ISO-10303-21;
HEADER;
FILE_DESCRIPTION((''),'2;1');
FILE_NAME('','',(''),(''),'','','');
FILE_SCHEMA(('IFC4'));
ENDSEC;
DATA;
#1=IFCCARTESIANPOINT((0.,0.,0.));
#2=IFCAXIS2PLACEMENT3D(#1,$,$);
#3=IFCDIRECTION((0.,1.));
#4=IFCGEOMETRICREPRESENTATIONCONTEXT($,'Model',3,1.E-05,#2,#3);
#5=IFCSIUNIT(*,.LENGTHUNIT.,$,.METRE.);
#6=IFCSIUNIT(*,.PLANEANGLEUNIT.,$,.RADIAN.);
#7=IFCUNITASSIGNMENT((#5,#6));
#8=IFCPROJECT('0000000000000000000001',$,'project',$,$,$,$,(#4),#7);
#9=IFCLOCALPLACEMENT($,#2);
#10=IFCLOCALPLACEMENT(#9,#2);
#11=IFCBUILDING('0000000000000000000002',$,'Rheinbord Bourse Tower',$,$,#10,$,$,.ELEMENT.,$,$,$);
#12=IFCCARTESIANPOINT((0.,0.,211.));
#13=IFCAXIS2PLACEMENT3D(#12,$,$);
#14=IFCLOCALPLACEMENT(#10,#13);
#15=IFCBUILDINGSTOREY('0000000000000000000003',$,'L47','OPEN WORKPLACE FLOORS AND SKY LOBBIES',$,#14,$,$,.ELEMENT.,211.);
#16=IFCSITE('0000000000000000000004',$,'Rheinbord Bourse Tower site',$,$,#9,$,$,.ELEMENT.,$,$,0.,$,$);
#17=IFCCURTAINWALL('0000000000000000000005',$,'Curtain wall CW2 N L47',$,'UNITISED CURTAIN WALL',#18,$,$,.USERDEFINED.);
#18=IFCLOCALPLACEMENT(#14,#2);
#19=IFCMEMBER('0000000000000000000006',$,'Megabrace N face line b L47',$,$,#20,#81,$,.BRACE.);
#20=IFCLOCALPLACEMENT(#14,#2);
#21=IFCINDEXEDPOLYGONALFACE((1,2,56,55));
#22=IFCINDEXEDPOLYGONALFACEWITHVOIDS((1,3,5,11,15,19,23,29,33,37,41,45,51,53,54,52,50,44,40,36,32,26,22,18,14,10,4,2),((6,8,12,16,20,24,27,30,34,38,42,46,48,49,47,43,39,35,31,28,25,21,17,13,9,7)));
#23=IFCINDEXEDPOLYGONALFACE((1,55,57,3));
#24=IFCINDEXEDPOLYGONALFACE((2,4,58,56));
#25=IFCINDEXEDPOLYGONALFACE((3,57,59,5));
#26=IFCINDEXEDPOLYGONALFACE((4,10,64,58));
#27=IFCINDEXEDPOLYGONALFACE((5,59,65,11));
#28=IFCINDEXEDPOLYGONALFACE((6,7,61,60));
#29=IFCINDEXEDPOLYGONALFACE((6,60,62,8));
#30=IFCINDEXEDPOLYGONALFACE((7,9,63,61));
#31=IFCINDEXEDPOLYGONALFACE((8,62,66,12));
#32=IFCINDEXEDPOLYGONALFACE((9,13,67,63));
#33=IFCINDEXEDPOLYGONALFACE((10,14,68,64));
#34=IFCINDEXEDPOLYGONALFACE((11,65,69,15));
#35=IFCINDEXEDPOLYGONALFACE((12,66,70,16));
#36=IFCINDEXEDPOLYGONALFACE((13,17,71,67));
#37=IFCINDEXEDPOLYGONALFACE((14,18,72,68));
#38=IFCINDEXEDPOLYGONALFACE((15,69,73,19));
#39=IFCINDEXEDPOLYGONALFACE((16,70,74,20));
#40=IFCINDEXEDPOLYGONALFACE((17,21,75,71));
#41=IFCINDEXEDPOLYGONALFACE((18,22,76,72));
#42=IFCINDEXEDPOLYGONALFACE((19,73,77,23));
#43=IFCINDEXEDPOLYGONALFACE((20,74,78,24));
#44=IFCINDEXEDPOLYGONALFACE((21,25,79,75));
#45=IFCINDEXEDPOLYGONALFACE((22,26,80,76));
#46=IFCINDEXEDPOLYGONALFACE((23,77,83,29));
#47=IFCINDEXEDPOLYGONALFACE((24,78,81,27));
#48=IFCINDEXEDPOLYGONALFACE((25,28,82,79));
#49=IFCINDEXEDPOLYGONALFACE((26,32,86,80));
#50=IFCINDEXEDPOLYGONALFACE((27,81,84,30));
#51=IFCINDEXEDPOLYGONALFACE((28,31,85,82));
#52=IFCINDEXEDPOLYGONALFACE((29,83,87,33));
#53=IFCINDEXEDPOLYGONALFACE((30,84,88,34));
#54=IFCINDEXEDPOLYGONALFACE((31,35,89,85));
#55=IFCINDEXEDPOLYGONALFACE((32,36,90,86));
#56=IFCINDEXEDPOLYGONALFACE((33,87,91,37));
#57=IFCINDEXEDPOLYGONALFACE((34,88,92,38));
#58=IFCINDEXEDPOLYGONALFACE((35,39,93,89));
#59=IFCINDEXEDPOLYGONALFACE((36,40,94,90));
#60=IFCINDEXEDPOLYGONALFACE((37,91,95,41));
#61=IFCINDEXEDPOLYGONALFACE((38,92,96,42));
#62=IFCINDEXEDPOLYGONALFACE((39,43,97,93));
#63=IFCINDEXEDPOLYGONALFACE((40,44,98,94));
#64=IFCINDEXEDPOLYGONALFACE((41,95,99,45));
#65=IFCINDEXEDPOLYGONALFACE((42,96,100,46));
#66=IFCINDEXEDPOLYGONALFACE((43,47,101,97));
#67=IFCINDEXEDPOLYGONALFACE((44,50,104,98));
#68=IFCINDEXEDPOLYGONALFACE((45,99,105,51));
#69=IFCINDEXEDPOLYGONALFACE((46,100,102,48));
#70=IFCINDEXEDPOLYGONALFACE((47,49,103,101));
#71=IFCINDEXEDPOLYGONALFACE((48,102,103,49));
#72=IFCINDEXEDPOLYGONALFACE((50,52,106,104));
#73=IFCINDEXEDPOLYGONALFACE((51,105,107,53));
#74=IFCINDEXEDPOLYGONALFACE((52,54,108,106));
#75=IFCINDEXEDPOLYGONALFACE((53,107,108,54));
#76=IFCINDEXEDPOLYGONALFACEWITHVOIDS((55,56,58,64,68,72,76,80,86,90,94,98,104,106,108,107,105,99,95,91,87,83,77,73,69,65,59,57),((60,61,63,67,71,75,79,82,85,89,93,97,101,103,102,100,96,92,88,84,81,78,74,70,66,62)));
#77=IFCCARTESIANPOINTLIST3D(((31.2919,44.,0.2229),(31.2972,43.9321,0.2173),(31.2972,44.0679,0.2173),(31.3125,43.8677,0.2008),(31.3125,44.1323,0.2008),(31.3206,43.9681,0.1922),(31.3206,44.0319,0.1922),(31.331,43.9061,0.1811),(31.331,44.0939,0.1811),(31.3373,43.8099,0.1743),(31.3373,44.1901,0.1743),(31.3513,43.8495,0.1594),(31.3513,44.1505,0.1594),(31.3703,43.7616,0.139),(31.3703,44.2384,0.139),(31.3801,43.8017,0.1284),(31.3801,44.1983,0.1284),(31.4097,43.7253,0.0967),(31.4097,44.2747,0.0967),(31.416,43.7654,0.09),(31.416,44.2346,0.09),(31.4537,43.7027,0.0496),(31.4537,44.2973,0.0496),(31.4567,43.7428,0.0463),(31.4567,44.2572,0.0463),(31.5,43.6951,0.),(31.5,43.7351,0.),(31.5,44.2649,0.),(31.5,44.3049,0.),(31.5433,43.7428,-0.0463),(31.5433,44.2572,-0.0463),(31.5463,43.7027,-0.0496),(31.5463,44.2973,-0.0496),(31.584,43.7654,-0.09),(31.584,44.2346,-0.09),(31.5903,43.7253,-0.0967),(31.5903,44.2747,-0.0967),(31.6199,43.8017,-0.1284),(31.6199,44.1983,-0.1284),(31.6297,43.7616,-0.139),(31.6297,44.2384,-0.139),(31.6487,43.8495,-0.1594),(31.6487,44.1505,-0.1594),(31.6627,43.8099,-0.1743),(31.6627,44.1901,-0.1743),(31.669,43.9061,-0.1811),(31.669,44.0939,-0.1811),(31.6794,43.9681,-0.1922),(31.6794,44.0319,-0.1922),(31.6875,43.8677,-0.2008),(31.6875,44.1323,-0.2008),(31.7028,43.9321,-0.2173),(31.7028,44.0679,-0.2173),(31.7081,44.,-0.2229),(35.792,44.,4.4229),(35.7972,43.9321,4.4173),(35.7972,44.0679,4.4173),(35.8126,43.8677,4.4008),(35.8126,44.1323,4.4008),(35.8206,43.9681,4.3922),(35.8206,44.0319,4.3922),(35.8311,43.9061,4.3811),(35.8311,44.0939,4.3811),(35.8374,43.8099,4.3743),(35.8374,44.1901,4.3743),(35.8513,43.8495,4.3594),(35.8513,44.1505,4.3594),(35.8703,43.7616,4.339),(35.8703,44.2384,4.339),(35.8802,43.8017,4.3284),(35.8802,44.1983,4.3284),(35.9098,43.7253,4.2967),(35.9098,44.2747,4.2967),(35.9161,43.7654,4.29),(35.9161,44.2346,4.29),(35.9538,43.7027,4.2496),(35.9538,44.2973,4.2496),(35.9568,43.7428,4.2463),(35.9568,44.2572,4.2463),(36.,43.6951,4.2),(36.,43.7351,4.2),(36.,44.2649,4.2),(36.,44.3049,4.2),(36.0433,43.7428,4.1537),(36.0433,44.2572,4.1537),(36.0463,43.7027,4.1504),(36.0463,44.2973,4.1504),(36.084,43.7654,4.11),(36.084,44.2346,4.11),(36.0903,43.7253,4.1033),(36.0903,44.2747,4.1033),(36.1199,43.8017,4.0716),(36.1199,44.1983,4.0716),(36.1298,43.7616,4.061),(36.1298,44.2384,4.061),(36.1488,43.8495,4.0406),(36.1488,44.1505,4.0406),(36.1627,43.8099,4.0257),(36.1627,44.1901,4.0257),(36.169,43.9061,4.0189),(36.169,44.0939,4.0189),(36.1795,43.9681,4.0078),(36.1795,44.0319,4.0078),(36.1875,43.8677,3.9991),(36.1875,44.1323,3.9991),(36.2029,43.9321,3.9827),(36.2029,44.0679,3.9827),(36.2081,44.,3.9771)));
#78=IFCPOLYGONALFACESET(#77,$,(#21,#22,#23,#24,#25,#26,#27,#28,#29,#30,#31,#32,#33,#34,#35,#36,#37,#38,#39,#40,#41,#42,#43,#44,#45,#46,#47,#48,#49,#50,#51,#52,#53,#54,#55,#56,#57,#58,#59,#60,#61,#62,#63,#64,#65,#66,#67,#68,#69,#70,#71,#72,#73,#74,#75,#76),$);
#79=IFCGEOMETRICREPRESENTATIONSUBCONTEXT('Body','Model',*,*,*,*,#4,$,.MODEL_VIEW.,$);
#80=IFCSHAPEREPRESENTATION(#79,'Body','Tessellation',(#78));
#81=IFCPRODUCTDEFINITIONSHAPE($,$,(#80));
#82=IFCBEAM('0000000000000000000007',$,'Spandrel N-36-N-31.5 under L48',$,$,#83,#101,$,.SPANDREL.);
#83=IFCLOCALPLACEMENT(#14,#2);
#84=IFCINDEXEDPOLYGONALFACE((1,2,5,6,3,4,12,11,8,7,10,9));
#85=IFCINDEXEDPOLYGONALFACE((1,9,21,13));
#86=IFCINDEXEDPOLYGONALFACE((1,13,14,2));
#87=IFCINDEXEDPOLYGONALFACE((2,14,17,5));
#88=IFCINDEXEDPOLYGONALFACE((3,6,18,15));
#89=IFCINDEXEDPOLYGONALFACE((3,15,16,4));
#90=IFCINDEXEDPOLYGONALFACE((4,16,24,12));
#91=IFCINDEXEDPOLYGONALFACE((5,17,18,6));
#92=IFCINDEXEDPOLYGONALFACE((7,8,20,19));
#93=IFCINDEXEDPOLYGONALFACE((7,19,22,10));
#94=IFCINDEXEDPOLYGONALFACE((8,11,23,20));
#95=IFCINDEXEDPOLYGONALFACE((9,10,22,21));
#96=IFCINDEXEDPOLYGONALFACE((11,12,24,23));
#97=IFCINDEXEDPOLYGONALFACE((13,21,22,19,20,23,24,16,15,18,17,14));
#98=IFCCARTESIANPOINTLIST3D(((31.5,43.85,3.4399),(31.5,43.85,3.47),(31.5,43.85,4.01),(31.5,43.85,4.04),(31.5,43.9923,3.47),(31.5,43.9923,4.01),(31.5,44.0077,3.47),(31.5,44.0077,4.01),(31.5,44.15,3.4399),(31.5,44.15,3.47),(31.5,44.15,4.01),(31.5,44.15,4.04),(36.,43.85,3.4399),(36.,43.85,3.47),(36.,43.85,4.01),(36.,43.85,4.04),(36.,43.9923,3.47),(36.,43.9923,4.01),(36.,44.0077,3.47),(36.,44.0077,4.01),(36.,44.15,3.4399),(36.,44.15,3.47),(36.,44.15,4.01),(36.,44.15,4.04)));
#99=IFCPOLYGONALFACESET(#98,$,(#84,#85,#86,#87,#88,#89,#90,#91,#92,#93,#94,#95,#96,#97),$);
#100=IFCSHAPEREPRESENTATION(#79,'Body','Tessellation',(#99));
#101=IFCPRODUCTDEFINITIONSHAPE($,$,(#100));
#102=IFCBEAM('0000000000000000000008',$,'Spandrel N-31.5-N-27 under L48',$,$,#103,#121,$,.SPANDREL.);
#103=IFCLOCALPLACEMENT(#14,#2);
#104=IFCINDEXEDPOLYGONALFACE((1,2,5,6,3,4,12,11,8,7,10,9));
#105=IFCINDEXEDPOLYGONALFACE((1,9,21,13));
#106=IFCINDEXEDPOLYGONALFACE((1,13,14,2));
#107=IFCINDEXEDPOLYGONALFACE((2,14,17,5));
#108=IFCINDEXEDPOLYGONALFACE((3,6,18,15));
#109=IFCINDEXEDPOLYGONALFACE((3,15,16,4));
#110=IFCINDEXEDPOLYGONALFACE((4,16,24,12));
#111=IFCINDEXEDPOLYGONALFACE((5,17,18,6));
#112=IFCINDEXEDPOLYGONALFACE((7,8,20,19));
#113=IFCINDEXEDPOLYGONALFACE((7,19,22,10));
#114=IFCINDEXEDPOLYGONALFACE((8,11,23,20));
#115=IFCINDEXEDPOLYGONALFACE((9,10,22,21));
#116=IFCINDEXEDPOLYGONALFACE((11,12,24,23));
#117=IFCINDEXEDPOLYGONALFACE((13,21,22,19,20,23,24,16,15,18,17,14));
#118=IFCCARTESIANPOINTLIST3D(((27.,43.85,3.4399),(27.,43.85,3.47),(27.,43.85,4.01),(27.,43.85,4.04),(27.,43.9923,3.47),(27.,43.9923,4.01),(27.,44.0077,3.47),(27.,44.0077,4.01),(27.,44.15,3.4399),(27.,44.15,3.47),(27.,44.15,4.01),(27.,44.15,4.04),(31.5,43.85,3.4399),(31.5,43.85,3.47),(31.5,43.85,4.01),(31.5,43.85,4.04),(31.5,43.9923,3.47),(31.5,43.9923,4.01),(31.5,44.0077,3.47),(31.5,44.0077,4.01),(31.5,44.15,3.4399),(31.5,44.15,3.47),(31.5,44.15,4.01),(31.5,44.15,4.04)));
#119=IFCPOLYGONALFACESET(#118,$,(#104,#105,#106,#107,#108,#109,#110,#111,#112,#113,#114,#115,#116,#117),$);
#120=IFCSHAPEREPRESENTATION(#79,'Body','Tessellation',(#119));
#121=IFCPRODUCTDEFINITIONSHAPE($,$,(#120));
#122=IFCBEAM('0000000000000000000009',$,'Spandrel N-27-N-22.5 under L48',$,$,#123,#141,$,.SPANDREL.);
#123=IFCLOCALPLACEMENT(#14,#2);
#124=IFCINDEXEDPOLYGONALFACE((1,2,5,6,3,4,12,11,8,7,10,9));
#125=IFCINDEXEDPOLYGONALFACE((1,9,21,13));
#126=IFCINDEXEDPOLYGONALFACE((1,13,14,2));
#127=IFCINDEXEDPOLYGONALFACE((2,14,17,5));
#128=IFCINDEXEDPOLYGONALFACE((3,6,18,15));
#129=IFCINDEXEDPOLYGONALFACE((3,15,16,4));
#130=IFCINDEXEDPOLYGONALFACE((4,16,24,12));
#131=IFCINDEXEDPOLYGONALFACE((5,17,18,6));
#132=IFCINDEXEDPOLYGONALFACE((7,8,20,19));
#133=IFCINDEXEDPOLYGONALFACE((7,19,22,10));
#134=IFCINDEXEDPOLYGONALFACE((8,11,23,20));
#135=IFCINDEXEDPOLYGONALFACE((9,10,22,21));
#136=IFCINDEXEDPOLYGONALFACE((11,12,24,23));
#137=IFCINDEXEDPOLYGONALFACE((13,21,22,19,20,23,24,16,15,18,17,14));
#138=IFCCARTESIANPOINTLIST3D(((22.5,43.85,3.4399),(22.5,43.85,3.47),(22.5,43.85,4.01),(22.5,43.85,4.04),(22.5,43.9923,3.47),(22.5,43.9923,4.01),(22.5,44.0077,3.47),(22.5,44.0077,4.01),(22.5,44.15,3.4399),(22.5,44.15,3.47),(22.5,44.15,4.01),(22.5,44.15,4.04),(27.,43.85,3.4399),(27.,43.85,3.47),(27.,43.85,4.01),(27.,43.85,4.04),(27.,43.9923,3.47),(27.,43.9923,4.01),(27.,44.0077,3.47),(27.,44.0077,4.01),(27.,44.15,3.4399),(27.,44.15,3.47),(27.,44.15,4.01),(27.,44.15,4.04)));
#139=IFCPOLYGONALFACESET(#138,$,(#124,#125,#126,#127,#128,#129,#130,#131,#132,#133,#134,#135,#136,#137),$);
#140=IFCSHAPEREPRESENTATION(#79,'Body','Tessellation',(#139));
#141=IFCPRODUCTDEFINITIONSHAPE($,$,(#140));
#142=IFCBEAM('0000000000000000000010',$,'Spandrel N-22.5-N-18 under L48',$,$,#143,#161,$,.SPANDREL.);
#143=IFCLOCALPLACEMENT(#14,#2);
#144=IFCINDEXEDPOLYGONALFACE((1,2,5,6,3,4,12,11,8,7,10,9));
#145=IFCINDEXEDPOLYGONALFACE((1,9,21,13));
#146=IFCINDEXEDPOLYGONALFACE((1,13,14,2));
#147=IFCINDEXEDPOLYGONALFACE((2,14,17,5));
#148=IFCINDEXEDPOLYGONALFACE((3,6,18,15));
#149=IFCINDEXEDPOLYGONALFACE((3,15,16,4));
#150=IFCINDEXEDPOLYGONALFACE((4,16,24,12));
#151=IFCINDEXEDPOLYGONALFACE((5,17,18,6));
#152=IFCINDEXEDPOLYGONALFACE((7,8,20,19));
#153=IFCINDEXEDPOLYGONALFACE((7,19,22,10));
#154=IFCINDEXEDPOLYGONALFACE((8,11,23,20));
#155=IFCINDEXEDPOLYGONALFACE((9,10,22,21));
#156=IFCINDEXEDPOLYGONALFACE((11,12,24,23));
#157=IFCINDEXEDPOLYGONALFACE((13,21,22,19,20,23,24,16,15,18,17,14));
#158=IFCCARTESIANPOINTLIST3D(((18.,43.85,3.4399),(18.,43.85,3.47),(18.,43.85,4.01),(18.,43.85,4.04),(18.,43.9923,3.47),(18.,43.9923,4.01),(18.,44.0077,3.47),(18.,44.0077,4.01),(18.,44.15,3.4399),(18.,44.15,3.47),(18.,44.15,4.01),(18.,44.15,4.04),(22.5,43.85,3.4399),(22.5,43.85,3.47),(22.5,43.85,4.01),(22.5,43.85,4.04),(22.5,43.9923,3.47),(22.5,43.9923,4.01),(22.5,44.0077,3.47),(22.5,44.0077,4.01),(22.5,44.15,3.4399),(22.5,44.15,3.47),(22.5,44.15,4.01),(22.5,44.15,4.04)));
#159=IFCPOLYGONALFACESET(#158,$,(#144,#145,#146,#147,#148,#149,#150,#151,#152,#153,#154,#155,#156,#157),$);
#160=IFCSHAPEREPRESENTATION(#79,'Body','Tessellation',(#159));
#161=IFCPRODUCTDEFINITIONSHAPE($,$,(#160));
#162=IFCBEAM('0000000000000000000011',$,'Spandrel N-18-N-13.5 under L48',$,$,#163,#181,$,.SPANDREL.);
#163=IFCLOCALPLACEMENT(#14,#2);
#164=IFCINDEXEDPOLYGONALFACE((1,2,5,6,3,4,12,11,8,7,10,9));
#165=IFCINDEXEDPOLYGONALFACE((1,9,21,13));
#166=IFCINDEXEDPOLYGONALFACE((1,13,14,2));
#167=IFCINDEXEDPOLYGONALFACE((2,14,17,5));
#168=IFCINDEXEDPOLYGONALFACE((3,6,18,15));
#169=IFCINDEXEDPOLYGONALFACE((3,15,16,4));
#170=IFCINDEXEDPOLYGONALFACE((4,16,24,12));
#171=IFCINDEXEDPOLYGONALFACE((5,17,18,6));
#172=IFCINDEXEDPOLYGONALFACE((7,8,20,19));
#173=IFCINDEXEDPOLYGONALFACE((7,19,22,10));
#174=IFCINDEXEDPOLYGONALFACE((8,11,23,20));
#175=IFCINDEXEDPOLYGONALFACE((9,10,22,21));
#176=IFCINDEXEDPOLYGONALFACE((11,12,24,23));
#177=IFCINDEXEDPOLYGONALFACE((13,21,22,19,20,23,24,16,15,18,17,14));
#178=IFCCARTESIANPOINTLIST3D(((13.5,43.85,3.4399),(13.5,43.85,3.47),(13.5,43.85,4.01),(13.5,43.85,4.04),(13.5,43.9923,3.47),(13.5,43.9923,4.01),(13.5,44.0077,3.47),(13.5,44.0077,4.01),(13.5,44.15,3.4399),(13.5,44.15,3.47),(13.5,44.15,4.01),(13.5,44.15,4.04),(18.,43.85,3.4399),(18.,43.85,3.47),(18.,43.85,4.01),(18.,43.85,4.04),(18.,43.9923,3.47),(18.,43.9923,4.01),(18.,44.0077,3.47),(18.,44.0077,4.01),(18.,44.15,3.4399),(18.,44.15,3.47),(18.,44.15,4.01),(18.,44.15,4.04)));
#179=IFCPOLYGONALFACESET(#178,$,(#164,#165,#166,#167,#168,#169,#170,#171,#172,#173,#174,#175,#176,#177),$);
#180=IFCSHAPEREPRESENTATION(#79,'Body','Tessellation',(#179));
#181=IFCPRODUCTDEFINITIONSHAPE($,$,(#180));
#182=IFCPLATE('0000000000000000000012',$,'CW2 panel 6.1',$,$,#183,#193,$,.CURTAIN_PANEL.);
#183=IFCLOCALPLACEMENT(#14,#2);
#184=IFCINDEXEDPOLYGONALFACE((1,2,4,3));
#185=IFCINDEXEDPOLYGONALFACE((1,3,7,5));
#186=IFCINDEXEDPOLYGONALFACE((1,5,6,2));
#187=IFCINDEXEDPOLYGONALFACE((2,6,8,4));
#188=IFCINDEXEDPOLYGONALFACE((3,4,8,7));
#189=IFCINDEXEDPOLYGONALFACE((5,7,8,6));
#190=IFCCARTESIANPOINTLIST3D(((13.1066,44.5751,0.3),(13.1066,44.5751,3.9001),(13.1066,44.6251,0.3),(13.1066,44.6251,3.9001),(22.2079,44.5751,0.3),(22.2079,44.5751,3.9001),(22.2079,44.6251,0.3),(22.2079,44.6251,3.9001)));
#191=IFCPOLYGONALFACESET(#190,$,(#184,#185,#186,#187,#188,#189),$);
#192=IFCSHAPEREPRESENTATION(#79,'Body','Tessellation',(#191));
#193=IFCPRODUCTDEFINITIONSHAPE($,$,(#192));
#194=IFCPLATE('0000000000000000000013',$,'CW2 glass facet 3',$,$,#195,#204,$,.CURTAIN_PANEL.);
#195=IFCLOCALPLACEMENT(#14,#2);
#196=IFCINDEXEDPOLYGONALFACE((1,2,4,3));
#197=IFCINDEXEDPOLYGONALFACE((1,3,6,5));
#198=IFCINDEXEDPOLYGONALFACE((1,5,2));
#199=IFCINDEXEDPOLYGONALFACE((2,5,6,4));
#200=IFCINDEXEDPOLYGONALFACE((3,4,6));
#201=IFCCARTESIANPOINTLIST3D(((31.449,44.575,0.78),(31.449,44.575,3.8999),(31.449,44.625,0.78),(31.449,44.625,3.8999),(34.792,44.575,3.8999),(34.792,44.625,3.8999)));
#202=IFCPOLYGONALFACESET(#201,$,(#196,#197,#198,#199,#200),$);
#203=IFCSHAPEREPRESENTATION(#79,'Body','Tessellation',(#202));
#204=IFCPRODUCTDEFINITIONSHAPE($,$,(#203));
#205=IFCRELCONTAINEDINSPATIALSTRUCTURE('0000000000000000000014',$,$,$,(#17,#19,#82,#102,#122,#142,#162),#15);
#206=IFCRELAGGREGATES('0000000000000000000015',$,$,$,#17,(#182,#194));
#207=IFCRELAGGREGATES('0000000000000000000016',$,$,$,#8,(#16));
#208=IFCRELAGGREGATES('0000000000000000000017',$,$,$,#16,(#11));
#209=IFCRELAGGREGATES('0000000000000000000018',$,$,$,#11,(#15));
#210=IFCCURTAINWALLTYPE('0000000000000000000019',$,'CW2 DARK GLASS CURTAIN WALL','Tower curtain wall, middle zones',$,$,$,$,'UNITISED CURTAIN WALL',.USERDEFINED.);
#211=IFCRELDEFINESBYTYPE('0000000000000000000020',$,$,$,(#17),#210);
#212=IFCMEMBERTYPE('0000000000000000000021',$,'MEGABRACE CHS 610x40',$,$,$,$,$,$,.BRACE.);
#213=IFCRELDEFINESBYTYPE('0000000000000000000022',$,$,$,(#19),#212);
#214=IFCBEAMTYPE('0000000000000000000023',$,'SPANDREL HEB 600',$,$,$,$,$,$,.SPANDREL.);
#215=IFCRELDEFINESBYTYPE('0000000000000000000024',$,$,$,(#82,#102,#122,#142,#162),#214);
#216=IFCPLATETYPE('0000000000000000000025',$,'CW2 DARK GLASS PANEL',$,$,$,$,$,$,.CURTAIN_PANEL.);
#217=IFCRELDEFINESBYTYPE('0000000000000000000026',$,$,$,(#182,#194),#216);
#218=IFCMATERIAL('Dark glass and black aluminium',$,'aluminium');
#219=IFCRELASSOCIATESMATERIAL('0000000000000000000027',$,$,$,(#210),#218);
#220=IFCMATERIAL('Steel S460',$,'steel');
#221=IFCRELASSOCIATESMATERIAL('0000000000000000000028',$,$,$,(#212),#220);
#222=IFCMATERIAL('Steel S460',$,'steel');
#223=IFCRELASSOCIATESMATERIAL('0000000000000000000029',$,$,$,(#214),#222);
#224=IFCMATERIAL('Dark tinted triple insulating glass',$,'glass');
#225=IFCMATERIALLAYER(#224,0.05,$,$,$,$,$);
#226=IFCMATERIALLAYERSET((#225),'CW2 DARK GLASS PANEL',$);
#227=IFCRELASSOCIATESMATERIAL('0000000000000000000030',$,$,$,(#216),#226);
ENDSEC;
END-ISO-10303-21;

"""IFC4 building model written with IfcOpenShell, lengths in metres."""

from ifc_helpers import new_model, si_unit, direction, frame, origin, origin_2d, place, context, subcontext, project, spatial, polyline, rectangle, hollow_circle, i_section, outline, extrude, material, layer, layer_set, material_profile, profile_set, type_object, element, aggregate, save


model = new_model("IFC4")

# Units and contexts
model_context = context("Model", 3, precision=1e-05, world=origin(), true_north=direction((0.0, 1.0)))
body_context = subcontext(model_context, "Body", "Model", "MODEL_VIEW")
ifc_project = project(units=[si_unit("LENGTHUNIT", "METRE"), si_unit("PLANEANGLEUNIT", "RADIAN")], contexts=[model_context])

# Site, building, storey
site_placement = place(None, origin())
site = spatial("IfcSite", under=ifc_project, at=site_placement, Name="Rheinbord Bourse Tower site", CompositionType="ELEMENT", RefElevation=0.0)
building_placement = place(site_placement, origin())
building = spatial("IfcBuilding", under=site, at=building_placement, Name="Rheinbord Bourse Tower", CompositionType="ELEMENT")
storey_placement = place(building_placement, frame((0.0, 0.0, 211.0)))
storey = spatial("IfcBuildingStorey", under=building, at=storey_placement, Name="L47", Description="OPEN WORKPLACE FLOORS AND SKY LOBBIES", CompositionType="ELEMENT", Elevation=211.0)

# Curtain wall
ifc_material_1 = material(Name="Dark glass and black aluminium", Category="aluminium")
curtain_wall_type = type_object("IfcCurtainWallType", Name="CW2 DARK GLASS CURTAIN WALL", Description="Tower curtain wall, middle zones", ElementType="UNITISED CURTAIN WALL", PredefinedType="USERDEFINED", material=ifc_material_1)
curtain_wall_placement = place(storey_placement, origin())
curtain_wall = element("IfcCurtainWall", 1, at=curtain_wall_placement, inside=storey, type_object=curtain_wall_type, Name="Curtain wall CW2 N L47", ObjectType="UNITISED CURTAIN WALL", PredefinedType="USERDEFINED")

# Member
ifc_material_2 = material(Name="Steel S460", Category="steel")
ifc_material_profile_1 = material_profile(ifc_material_2, hollow_circle(Radius=0.3049, WallThickness=0.04, at=origin_2d()), Name="CHS 610x40")
ifc_profile_set_1 = profile_set([ifc_material_profile_1], Name="Steel S460")
member_type_1 = type_object("IfcMemberType", Name="MEGABRACE CHS 610x40", PredefinedType="BRACE", material=ifc_profile_set_1)
member_1_placement = place(storey_placement, frame((31.5, 44.0, 0.0), z_axis=(0.731059, 0.0, 0.682314), x_axis=(0.0, 1.0, 0.0)))
element("IfcMember", 2, at=member_1_placement, inside=storey, type_object=member_type_1, Name="Megabrace N face line b L47", PredefinedType="BRACE", context=body_context, shape_type="SweptSolid", body=[
    extrude(hollow_circle(Radius=0.3049, WallThickness=0.04, at=origin_2d()), origin(), (0.0, 0.0, 1.0), 6.1555),
])

# Beams
ifc_material_3 = material(Name="Steel S460", Category="steel")
ifc_material_profile_2 = material_profile(ifc_material_3, i_section(OverallWidth=0.3, OverallDepth=0.6001, WebThickness=0.0154, FlangeThickness=0.03, at=origin_2d()), Name="HEB 600")
ifc_profile_set_2 = profile_set([ifc_material_profile_2], Name="Steel S460")
beam_type_1 = type_object("IfcBeamType", Name="SPANDREL HEB 600", PredefinedType="SPANDREL", material=ifc_profile_set_2)
for number, where, z_axis, x_axis, name in (
    (3, (36.0, 44.0, 3.74), (-1.0, 0.0, 0.0), (0.0, -1.0, 0.0), "Spandrel N-36-N-31.5 under L48"),
    (4, (31.5, 44.0, 3.74), (-1.0, 0.0, 0.0), (0.0, -1.0, 0.0), "Spandrel N-31.5-N-27 under L48"),
    (5, (27.0, 44.0, 3.74), (-1.0, 0.0, 0.0), (0.0, -1.0, 0.0), "Spandrel N-27-N-22.5 under L48"),
    (6, (22.5, 44.0, 3.74), (-1.0, 0.0, 0.0), (0.0, -1.0, 0.0), "Spandrel N-22.5-N-18 under L48"),
    (7, (18.0, 44.0, 3.74), (-1.0, 0.0, 0.0), (0.0, -1.0, 0.0), "Spandrel N-18-N-13.5 under L48"),
):
    element("IfcBeam", number, at=place(storey_placement, frame(where, z_axis=z_axis, x_axis=x_axis)), inside=storey, type_object=beam_type_1, Name=name, PredefinedType="SPANDREL", context=body_context, shape_type="SweptSolid", body=[
        extrude(i_section(OverallWidth=0.3, OverallDepth=0.6001, WebThickness=0.0154, FlangeThickness=0.03, at=origin_2d()), origin(), (0.0, 0.0, 1.0), 4.5),
    ])

# Plates
ifc_material_4 = material(Name="Dark tinted triple insulating glass", Category="glass")
ifc_layer_1 = layer(ifc_material_4, 0.05)
ifc_layer_set_1 = layer_set([ifc_layer_1], Name="CW2 DARK GLASS PANEL")
plate_type = type_object("IfcPlateType", Name="CW2 DARK GLASS PANEL", PredefinedType="CURTAIN_PANEL", material=ifc_layer_set_1)
plate_1_placement = place(storey_placement, frame((17.6572, 44.6001, 0.3), z_axis=(0.0, 0.0, 1.0), x_axis=(-1.0, 0.0, 0.0)))
plate_1 = element("IfcPlate", 8, at=plate_1_placement, type_object=plate_type, Name="CW2 panel 6.1", PredefinedType="CURTAIN_PANEL", context=body_context, shape_type="SweptSolid", body=[
    extrude(rectangle(XDim=9.1013, YDim=0.05, at=origin_2d()), origin(), (0.0, 0.0, 1.0), 3.6001),
])
plate_2_placement = place(storey_placement, frame((31.449, 44.625, 3.8999), z_axis=(0.0, -1.0, 0.0), x_axis=(0.0, 0.0, -1.0)))
plate_2 = element("IfcPlate", 9, at=plate_2_placement, type_object=plate_type, Name="CW2 glass facet 3", PredefinedType="CURTAIN_PANEL", context=body_context, shape_type="SweptSolid", body=[
    extrude(outline(polyline([(0.0, 0.0), (3.1199, 0.0), (0.0, 3.343), (0.0, 0.0)])), origin(), (0.0, 0.0, 1.0), 0.05),
])
aggregate(curtain_wall, [plate_1, plate_2])

save(model, "model.ifc")
